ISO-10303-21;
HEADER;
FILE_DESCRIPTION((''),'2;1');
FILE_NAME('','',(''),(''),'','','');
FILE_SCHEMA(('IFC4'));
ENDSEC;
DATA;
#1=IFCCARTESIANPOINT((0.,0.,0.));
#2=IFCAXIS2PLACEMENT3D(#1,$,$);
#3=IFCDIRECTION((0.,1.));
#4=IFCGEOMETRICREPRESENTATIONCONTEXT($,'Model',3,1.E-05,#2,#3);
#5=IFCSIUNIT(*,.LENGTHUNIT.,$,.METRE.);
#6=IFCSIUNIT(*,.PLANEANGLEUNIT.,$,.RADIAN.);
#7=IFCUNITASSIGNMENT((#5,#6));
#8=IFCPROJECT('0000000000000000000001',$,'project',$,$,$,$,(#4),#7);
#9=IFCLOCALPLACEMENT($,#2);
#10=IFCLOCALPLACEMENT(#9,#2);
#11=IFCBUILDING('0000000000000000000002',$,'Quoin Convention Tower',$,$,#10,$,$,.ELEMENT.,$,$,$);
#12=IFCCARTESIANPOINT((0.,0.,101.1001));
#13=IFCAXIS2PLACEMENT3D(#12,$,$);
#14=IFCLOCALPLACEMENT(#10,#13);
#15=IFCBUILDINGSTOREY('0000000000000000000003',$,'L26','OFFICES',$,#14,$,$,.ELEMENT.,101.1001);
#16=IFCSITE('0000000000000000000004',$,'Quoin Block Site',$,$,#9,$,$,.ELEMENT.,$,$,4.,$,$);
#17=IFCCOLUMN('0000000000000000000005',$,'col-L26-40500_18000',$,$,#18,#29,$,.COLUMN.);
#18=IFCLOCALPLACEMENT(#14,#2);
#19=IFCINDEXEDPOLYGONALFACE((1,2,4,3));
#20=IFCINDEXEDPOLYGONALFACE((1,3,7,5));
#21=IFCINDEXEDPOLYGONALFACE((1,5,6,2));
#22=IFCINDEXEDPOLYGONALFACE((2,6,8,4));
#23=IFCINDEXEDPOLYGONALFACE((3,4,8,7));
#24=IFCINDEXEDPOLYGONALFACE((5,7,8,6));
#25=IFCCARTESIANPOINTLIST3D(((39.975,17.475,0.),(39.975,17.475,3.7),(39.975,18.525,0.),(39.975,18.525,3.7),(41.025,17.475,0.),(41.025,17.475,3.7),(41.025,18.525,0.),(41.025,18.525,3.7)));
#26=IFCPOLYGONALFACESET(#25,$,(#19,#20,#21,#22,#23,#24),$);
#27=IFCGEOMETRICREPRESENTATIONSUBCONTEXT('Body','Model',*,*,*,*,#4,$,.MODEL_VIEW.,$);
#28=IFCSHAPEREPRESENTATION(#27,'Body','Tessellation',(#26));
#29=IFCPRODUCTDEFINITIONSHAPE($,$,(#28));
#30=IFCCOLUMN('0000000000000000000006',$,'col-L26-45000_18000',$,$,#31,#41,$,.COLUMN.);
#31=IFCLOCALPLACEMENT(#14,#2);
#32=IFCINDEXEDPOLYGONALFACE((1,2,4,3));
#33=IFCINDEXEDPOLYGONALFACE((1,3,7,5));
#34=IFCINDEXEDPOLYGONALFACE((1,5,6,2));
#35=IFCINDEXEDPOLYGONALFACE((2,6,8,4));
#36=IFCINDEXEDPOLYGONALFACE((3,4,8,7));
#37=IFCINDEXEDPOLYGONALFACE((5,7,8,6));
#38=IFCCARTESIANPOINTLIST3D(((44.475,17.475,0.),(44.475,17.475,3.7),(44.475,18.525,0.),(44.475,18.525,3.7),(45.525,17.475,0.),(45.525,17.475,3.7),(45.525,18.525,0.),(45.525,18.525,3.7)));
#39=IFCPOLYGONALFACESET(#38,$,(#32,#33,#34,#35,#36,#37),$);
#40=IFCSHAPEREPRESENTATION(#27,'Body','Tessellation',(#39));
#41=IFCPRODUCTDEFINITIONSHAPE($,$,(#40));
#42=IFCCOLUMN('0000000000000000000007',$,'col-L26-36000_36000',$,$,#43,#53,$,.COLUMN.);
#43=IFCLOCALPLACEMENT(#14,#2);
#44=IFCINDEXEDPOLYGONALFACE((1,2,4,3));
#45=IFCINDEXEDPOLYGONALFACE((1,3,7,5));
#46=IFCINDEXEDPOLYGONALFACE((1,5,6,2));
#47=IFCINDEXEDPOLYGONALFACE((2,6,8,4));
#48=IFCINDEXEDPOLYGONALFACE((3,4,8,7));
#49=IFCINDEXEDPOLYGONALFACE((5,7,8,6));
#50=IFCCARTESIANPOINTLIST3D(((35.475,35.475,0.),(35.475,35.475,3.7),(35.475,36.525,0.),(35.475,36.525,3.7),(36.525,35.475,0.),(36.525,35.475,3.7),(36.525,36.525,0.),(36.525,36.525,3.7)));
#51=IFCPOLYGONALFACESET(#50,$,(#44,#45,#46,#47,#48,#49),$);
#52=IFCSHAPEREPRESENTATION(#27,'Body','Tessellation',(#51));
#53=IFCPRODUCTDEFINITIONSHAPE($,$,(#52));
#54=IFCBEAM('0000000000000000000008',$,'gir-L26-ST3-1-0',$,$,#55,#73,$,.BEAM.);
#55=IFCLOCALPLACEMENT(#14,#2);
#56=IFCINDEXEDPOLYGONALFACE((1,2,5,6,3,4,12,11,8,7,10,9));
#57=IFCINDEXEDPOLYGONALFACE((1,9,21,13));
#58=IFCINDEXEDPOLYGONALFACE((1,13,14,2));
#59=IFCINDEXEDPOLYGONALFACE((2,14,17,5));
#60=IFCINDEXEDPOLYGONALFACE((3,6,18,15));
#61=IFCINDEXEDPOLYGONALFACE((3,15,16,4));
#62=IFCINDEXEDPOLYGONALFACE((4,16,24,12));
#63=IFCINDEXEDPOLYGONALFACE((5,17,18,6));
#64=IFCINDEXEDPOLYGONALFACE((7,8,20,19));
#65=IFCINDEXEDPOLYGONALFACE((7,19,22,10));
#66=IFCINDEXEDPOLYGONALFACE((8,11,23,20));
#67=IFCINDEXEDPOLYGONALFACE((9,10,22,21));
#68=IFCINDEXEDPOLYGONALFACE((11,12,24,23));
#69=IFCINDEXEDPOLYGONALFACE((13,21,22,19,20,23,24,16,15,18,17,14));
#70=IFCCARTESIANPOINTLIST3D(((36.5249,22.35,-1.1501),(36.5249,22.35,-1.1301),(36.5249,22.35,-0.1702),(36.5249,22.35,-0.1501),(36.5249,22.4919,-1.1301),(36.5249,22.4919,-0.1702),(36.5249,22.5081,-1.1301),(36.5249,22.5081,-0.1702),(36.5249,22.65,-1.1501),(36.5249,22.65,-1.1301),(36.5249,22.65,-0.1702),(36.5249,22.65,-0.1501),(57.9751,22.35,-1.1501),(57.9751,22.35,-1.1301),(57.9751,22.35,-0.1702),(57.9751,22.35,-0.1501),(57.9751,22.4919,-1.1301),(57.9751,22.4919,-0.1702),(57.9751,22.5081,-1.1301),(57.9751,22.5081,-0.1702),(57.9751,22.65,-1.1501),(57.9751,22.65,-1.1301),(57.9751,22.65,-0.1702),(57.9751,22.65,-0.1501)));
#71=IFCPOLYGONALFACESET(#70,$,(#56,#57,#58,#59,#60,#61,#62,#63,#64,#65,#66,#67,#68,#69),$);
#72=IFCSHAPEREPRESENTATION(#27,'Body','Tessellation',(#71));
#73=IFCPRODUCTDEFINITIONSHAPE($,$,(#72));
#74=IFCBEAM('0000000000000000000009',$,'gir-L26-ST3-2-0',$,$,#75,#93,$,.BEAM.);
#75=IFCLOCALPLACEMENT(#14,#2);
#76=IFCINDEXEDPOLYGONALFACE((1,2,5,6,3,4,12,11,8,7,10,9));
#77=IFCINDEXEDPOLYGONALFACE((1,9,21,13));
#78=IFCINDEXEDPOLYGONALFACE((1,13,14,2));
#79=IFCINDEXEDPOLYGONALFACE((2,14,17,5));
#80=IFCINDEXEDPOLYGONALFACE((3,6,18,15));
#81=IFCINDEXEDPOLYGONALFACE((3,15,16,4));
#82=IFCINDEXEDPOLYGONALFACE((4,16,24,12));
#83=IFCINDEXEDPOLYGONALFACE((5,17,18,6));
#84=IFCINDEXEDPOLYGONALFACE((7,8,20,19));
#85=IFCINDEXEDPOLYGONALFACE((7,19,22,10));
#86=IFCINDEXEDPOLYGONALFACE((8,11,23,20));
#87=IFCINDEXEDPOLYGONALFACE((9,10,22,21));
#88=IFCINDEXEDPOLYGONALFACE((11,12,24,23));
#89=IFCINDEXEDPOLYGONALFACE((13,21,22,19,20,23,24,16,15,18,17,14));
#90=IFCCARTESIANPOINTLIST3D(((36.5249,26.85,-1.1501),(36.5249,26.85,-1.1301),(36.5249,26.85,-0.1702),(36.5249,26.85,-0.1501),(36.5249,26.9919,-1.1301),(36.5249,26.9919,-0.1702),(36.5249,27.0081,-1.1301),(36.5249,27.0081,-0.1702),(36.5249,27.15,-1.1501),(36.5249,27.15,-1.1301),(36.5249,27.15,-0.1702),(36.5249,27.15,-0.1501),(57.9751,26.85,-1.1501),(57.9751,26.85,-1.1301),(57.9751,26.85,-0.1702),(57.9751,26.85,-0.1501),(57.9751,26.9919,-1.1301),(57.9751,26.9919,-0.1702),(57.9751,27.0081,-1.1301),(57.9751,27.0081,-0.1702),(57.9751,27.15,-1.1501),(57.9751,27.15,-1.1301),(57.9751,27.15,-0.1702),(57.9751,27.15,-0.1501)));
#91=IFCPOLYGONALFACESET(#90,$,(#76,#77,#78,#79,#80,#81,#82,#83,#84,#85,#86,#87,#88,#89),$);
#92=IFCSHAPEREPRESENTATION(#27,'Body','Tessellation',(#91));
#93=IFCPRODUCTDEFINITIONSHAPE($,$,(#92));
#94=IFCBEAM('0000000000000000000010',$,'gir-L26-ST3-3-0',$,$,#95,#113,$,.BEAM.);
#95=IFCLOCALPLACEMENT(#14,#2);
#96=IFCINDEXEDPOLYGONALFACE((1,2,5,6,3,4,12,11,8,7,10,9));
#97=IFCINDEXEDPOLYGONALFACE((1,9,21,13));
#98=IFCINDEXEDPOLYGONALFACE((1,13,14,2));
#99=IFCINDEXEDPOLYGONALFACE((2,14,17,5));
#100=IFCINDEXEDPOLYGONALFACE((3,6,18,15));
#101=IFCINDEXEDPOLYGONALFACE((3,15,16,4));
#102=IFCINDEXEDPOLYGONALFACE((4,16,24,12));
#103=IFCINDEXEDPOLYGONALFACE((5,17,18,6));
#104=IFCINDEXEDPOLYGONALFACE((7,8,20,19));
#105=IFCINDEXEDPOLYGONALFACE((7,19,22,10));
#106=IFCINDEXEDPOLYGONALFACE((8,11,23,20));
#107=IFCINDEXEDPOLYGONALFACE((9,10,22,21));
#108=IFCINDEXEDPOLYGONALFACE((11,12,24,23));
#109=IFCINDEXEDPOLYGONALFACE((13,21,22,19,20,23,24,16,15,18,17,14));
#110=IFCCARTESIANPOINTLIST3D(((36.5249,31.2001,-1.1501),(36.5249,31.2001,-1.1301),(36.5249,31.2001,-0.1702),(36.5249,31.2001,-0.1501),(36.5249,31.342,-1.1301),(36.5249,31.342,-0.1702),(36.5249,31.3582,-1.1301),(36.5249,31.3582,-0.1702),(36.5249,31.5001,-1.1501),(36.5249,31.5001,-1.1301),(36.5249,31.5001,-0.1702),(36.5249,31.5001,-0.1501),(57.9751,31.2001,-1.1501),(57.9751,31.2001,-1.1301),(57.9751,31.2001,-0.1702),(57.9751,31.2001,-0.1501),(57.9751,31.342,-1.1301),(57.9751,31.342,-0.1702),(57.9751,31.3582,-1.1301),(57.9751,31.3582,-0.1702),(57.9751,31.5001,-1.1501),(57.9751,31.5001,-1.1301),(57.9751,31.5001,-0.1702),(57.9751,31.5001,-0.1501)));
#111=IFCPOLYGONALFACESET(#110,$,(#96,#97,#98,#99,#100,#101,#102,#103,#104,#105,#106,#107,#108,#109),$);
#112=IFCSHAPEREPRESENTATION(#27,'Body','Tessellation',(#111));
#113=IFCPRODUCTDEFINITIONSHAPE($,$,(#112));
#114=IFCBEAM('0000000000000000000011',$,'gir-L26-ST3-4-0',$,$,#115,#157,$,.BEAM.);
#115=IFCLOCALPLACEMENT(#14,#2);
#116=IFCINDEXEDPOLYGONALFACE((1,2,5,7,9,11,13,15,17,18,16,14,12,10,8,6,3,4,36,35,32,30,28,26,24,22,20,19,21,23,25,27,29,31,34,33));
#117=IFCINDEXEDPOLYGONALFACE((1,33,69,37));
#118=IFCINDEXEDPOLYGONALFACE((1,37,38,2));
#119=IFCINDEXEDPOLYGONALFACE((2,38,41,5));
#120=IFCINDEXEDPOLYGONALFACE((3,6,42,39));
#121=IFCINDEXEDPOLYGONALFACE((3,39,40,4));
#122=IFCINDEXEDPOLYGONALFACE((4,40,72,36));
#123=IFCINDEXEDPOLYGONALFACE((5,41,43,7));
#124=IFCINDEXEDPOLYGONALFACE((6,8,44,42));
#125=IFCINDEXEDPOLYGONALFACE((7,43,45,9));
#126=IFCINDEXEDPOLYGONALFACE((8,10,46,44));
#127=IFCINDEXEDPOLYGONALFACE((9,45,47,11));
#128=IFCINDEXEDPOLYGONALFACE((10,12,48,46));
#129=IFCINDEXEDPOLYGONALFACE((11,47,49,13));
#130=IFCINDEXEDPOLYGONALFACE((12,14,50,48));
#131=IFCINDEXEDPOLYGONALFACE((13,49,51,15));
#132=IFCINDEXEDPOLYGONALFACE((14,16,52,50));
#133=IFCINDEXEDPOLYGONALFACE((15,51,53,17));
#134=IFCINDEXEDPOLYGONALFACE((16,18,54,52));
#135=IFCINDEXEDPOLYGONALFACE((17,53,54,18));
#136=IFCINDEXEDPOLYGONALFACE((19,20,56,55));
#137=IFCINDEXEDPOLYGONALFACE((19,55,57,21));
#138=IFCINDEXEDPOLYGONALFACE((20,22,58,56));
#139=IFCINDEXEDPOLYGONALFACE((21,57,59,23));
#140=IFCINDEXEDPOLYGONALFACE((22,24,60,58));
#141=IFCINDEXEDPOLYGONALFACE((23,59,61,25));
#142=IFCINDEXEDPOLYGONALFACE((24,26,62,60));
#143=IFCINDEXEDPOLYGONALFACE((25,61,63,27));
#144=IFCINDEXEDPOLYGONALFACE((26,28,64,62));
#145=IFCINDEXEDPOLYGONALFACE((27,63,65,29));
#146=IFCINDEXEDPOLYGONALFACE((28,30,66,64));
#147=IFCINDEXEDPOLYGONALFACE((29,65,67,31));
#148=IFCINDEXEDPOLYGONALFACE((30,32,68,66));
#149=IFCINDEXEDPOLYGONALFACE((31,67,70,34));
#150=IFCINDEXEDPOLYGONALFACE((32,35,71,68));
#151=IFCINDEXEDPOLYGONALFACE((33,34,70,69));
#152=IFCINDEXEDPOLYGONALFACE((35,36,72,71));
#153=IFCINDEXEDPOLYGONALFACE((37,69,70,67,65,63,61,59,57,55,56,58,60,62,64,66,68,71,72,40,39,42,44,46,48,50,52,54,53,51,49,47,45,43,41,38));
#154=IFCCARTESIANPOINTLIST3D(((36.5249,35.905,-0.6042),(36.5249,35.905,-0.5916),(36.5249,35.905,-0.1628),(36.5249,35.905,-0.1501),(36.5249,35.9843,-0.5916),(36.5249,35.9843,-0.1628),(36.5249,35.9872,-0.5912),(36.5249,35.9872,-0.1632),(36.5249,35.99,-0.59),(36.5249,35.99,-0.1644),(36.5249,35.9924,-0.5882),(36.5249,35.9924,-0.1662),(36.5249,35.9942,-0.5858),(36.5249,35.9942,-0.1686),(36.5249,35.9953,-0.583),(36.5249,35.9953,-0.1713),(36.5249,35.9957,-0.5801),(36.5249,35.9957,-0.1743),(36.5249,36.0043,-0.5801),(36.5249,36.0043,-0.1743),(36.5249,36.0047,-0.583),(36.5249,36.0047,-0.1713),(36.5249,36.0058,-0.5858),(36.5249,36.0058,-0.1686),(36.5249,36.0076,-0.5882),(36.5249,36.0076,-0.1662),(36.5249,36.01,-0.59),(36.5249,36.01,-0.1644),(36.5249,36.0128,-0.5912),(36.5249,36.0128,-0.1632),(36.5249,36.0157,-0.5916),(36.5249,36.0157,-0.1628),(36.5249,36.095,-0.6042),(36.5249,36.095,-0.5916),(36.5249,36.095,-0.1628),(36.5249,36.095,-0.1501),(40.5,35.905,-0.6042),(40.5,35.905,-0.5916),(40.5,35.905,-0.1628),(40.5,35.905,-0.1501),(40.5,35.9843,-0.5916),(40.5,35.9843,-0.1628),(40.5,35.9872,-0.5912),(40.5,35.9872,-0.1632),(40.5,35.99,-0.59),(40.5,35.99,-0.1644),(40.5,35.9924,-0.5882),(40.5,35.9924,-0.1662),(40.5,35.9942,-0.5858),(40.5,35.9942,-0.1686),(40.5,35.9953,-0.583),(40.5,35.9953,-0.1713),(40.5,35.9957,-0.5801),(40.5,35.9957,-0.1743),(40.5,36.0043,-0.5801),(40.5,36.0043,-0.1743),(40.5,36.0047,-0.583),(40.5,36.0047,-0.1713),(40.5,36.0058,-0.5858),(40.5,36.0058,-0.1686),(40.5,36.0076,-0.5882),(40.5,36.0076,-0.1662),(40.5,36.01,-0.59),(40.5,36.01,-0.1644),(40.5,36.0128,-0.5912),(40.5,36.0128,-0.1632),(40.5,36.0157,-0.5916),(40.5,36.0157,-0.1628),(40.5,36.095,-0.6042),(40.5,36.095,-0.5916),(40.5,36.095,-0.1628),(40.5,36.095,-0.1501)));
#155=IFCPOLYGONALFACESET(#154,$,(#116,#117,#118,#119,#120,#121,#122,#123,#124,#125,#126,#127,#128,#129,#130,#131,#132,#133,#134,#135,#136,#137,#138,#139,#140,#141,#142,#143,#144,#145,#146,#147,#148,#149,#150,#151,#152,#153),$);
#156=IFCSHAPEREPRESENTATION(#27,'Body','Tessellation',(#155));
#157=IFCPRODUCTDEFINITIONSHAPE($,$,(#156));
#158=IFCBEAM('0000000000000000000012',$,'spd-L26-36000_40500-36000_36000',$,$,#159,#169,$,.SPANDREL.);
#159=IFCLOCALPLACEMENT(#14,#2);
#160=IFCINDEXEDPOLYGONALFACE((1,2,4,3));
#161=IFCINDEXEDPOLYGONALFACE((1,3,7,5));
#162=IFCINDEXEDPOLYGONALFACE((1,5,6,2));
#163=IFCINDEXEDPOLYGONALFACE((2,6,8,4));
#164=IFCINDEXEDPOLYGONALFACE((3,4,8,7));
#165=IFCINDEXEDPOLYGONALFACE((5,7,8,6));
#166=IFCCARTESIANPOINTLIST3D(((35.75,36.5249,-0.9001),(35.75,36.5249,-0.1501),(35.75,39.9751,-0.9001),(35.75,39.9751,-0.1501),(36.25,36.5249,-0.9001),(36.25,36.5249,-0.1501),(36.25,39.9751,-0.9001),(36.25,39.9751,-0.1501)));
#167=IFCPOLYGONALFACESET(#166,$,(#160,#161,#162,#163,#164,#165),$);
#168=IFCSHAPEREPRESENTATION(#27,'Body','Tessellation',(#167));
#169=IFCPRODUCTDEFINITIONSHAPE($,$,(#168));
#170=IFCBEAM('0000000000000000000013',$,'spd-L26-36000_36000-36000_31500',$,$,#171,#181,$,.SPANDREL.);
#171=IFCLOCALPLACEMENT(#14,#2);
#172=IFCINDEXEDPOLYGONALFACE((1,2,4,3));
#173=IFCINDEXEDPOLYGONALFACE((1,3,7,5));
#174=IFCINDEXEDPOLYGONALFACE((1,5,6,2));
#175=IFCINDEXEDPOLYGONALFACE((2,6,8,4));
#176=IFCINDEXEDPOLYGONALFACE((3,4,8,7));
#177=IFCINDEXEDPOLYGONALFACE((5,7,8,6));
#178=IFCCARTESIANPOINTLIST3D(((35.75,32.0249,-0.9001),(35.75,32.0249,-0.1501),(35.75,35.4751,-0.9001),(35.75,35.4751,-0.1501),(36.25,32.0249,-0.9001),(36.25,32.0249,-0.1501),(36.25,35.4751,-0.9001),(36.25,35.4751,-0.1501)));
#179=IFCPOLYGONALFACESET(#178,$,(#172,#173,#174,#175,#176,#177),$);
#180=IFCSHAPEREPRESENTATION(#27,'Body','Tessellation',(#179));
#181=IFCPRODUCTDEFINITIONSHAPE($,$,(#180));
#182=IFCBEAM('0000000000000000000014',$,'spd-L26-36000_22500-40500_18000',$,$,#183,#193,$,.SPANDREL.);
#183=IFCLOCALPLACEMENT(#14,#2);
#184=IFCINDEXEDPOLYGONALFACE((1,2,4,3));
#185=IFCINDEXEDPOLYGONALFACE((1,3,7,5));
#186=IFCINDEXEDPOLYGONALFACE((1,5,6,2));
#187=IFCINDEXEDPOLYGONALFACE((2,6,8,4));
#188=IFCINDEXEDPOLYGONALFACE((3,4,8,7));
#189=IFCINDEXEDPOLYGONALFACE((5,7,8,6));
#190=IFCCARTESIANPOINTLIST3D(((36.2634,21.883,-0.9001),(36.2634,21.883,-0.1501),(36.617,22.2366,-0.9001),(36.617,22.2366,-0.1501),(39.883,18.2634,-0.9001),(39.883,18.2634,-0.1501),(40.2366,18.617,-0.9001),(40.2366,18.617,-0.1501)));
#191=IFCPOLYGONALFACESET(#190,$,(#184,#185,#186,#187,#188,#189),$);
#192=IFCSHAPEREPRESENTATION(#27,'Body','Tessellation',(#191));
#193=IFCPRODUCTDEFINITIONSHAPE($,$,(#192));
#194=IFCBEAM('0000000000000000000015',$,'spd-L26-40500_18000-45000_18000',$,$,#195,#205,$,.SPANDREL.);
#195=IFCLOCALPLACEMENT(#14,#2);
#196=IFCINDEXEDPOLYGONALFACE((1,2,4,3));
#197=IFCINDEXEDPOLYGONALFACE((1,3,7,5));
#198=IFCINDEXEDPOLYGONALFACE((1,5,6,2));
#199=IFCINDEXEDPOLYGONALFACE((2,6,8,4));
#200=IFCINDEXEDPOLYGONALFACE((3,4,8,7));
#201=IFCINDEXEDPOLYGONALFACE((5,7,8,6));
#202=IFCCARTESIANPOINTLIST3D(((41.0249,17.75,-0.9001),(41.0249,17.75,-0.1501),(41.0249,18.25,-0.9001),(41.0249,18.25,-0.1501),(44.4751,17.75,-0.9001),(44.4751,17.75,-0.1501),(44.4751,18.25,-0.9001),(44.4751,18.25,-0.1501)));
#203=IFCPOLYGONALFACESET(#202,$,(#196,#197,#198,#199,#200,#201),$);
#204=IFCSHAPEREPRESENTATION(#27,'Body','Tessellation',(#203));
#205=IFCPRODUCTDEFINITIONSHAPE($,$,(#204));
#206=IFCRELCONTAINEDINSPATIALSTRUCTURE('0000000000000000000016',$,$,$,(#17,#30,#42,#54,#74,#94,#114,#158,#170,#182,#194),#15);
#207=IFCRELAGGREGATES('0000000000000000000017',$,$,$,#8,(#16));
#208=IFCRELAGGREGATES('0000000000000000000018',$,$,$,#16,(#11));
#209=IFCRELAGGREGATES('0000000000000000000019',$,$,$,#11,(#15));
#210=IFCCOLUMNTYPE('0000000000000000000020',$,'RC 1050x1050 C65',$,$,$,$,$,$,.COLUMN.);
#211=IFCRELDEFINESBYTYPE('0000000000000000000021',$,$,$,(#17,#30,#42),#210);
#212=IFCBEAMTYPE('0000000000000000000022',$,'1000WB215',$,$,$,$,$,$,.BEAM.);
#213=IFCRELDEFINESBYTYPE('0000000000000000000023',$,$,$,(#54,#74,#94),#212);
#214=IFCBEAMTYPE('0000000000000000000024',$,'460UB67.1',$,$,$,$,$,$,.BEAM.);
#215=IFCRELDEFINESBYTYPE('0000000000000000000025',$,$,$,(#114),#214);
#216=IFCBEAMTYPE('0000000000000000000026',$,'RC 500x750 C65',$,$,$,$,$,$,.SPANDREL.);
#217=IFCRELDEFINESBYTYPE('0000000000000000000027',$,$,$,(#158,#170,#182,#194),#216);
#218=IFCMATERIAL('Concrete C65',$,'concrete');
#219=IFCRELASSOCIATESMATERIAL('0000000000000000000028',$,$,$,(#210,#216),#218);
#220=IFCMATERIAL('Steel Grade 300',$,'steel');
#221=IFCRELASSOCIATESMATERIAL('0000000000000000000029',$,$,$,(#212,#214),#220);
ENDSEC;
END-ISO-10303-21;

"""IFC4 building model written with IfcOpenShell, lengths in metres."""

from ifc_helpers import new_model, si_unit, direction, frame, origin, origin_2d, place, context, subcontext, project, spatial, rectangle, i_section, extrude, material, material_profile, profile_set, type_object, element, save


model = new_model("IFC4")

# Units and contexts
model_context = context("Model", 3, precision=1e-05, world=origin(), true_north=direction((0.0, 1.0)))
body_context = subcontext(model_context, "Body", "Model", "MODEL_VIEW")
ifc_project = project(units=[si_unit("LENGTHUNIT", "METRE"), si_unit("PLANEANGLEUNIT", "RADIAN")], contexts=[model_context])

# Site, building, storey
site_placement = place(None, origin())
site = spatial("IfcSite", under=ifc_project, at=site_placement, Name="Quoin Block Site", CompositionType="ELEMENT", RefElevation=4.0)
building_placement = place(site_placement, origin())
building = spatial("IfcBuilding", under=site, at=building_placement, Name="Quoin Convention Tower", CompositionType="ELEMENT")
storey_placement = place(building_placement, frame((0.0, 0.0, 101.1001)))
storey = spatial("IfcBuildingStorey", under=building, at=storey_placement, Name="L26", Description="OFFICES", CompositionType="ELEMENT", Elevation=101.1001)

# Columns
ifc_material_1 = material(Name="Concrete C65", Category="concrete")
ifc_material_profile_1 = material_profile(ifc_material_1, rectangle(XDim=1.05, YDim=1.05, at=origin_2d()), Name="RC 1050x1050")
ifc_profile_set_1 = profile_set([ifc_material_profile_1], Name="Concrete C65")
column_type = type_object("IfcColumnType", Name="RC 1050x1050 C65", PredefinedType="COLUMN", material=ifc_profile_set_1)
for number, where, z_axis, x_axis, name in (
    (1, (40.5, 18.0, 0.0), (0.0, 0.0, 1.0), (1.0, 0.0, 0.0), "col-L26-40500_18000"),
    (2, (45.0, 18.0, 0.0), (0.0, 0.0, 1.0), (1.0, 0.0, 0.0), "col-L26-45000_18000"),
    (3, (36.0, 36.0, 0.0), (0.0, 0.0, 1.0), (1.0, 0.0, 0.0), "col-L26-36000_36000"),
):
    element("IfcColumn", number, at=place(storey_placement, frame(where, z_axis=z_axis, x_axis=x_axis)), inside=storey, type_object=column_type, Name=name, PredefinedType="COLUMN", context=body_context, shape_type="SweptSolid", body=[
        extrude(rectangle(XDim=1.05, YDim=1.05, at=origin_2d()), origin(), (0.0, 0.0, 1.0), 3.7),
    ])

# Beams
ifc_material_2 = material(Name="Steel Grade 300", Category="steel")
ifc_material_profile_2 = material_profile(ifc_material_2, i_section(OverallWidth=0.3, OverallDepth=1.0, WebThickness=0.0161, FlangeThickness=0.02, at=origin_2d()), Name="1000WB215")
ifc_profile_set_2 = profile_set([ifc_material_profile_2], Name="Steel Grade 300")
beam_type_1 = type_object("IfcBeamType", Name="1000WB215", PredefinedType="BEAM", material=ifc_profile_set_2)
for number, where, z_axis, x_axis, name in (
    (4, (36.5249, 22.5, -0.6501), (1.0, 0.0, 0.0), (0.0, 1.0, 0.0), "gir-L26-ST3-1-0"),
    (5, (36.5249, 27.0, -0.6501), (1.0, 0.0, 0.0), (0.0, 1.0, 0.0), "gir-L26-ST3-2-0"),
    (6, (36.5249, 31.3501, -0.6501), (1.0, 0.0, 0.0), (0.0, 1.0, 0.0), "gir-L26-ST3-3-0"),
):
    element("IfcBeam", number, at=place(storey_placement, frame(where, z_axis=z_axis, x_axis=x_axis)), inside=storey, type_object=beam_type_1, Name=name, PredefinedType="BEAM", context=body_context, shape_type="SweptSolid", body=[
        extrude(i_section(OverallWidth=0.3, OverallDepth=1.0, WebThickness=0.0161, FlangeThickness=0.02, at=origin_2d()), origin(), (0.0, 0.0, 1.0), 21.4502),
    ])
ifc_material_profile_3 = material_profile(ifc_material_2, i_section(OverallWidth=0.1899, OverallDepth=0.4541, WebThickness=0.0085, FlangeThickness=0.0127, FilletRadius=0.0115, at=origin_2d()), Name="460UB67.1")
ifc_profile_set_3 = profile_set([ifc_material_profile_3], Name="Steel Grade 300")
beam_type_2 = type_object("IfcBeamType", Name="460UB67.1", PredefinedType="BEAM", material=ifc_profile_set_3)
beam_1_placement = place(storey_placement, frame((36.5249, 36.0, -0.3772), z_axis=(1.0, 0.0, 0.0), x_axis=(0.0, 1.0, 0.0)))
element("IfcBeam", 7, at=beam_1_placement, inside=storey, type_object=beam_type_2, Name="gir-L26-ST3-4-0", PredefinedType="BEAM", context=body_context, shape_type="SweptSolid", body=[
    extrude(i_section(OverallWidth=0.1899, OverallDepth=0.4541, WebThickness=0.0085, FlangeThickness=0.0127, FilletRadius=0.0115, at=origin_2d()), origin(), (0.0, 0.0, 1.0), 3.9751),
])
ifc_material_profile_4 = material_profile(ifc_material_1, rectangle(XDim=0.5, YDim=0.75, at=origin_2d()), Name="RC 500x750")
ifc_profile_set_4 = profile_set([ifc_material_profile_4], Name="Concrete C65")
beam_type_3 = type_object("IfcBeamType", Name="RC 500x750 C65", PredefinedType="SPANDREL", material=ifc_profile_set_4)
for number, where, z_axis, x_axis, name in (
    (8, (36.0, 39.9751, -0.5251), (0.0, -1.0, 0.0), (1.0, 0.0, 0.0), "spd-L26-36000_40500-36000_36000"),
    (9, (36.0, 35.4751, -0.5251), (0.0, -1.0, 0.0), (1.0, 0.0, 0.0), "spd-L26-36000_36000-36000_31500"),
):
    element("IfcBeam", number, at=place(storey_placement, frame(where, z_axis=z_axis, x_axis=x_axis)), inside=storey, type_object=beam_type_3, Name=name, PredefinedType="SPANDREL", context=body_context, shape_type="SweptSolid", body=[
        extrude(rectangle(XDim=0.5, YDim=0.75, at=origin_2d()), origin(), (0.0, 0.0, 1.0), 3.4502),
    ])
beam_2_placement = place(storey_placement, frame((36.4402, 22.0598, -0.5251), z_axis=(0.707107, -0.707107, 0.0), x_axis=(0.707107, 0.707107, 0.0)))
element("IfcBeam", 10, at=beam_2_placement, inside=storey, type_object=beam_type_3, Name="spd-L26-36000_22500-40500_18000", PredefinedType="SPANDREL", context=body_context, shape_type="SweptSolid", body=[
    extrude(rectangle(XDim=0.5, YDim=0.75, at=origin_2d()), origin(), (0.0, 0.0, 1.0), 5.1189),
])
beam_3_placement = place(storey_placement, frame((41.0249, 18.0, -0.5251), z_axis=(1.0, 0.0, 0.0), x_axis=(0.0, 1.0, 0.0)))
element("IfcBeam", 11, at=beam_3_placement, inside=storey, type_object=beam_type_3, Name="spd-L26-40500_18000-45000_18000", PredefinedType="SPANDREL", context=body_context, shape_type="SweptSolid", body=[
    extrude(rectangle(XDim=0.5, YDim=0.75, at=origin_2d()), origin(), (0.0, 0.0, 1.0), 3.4502),
])

save(model, "model.ifc")
